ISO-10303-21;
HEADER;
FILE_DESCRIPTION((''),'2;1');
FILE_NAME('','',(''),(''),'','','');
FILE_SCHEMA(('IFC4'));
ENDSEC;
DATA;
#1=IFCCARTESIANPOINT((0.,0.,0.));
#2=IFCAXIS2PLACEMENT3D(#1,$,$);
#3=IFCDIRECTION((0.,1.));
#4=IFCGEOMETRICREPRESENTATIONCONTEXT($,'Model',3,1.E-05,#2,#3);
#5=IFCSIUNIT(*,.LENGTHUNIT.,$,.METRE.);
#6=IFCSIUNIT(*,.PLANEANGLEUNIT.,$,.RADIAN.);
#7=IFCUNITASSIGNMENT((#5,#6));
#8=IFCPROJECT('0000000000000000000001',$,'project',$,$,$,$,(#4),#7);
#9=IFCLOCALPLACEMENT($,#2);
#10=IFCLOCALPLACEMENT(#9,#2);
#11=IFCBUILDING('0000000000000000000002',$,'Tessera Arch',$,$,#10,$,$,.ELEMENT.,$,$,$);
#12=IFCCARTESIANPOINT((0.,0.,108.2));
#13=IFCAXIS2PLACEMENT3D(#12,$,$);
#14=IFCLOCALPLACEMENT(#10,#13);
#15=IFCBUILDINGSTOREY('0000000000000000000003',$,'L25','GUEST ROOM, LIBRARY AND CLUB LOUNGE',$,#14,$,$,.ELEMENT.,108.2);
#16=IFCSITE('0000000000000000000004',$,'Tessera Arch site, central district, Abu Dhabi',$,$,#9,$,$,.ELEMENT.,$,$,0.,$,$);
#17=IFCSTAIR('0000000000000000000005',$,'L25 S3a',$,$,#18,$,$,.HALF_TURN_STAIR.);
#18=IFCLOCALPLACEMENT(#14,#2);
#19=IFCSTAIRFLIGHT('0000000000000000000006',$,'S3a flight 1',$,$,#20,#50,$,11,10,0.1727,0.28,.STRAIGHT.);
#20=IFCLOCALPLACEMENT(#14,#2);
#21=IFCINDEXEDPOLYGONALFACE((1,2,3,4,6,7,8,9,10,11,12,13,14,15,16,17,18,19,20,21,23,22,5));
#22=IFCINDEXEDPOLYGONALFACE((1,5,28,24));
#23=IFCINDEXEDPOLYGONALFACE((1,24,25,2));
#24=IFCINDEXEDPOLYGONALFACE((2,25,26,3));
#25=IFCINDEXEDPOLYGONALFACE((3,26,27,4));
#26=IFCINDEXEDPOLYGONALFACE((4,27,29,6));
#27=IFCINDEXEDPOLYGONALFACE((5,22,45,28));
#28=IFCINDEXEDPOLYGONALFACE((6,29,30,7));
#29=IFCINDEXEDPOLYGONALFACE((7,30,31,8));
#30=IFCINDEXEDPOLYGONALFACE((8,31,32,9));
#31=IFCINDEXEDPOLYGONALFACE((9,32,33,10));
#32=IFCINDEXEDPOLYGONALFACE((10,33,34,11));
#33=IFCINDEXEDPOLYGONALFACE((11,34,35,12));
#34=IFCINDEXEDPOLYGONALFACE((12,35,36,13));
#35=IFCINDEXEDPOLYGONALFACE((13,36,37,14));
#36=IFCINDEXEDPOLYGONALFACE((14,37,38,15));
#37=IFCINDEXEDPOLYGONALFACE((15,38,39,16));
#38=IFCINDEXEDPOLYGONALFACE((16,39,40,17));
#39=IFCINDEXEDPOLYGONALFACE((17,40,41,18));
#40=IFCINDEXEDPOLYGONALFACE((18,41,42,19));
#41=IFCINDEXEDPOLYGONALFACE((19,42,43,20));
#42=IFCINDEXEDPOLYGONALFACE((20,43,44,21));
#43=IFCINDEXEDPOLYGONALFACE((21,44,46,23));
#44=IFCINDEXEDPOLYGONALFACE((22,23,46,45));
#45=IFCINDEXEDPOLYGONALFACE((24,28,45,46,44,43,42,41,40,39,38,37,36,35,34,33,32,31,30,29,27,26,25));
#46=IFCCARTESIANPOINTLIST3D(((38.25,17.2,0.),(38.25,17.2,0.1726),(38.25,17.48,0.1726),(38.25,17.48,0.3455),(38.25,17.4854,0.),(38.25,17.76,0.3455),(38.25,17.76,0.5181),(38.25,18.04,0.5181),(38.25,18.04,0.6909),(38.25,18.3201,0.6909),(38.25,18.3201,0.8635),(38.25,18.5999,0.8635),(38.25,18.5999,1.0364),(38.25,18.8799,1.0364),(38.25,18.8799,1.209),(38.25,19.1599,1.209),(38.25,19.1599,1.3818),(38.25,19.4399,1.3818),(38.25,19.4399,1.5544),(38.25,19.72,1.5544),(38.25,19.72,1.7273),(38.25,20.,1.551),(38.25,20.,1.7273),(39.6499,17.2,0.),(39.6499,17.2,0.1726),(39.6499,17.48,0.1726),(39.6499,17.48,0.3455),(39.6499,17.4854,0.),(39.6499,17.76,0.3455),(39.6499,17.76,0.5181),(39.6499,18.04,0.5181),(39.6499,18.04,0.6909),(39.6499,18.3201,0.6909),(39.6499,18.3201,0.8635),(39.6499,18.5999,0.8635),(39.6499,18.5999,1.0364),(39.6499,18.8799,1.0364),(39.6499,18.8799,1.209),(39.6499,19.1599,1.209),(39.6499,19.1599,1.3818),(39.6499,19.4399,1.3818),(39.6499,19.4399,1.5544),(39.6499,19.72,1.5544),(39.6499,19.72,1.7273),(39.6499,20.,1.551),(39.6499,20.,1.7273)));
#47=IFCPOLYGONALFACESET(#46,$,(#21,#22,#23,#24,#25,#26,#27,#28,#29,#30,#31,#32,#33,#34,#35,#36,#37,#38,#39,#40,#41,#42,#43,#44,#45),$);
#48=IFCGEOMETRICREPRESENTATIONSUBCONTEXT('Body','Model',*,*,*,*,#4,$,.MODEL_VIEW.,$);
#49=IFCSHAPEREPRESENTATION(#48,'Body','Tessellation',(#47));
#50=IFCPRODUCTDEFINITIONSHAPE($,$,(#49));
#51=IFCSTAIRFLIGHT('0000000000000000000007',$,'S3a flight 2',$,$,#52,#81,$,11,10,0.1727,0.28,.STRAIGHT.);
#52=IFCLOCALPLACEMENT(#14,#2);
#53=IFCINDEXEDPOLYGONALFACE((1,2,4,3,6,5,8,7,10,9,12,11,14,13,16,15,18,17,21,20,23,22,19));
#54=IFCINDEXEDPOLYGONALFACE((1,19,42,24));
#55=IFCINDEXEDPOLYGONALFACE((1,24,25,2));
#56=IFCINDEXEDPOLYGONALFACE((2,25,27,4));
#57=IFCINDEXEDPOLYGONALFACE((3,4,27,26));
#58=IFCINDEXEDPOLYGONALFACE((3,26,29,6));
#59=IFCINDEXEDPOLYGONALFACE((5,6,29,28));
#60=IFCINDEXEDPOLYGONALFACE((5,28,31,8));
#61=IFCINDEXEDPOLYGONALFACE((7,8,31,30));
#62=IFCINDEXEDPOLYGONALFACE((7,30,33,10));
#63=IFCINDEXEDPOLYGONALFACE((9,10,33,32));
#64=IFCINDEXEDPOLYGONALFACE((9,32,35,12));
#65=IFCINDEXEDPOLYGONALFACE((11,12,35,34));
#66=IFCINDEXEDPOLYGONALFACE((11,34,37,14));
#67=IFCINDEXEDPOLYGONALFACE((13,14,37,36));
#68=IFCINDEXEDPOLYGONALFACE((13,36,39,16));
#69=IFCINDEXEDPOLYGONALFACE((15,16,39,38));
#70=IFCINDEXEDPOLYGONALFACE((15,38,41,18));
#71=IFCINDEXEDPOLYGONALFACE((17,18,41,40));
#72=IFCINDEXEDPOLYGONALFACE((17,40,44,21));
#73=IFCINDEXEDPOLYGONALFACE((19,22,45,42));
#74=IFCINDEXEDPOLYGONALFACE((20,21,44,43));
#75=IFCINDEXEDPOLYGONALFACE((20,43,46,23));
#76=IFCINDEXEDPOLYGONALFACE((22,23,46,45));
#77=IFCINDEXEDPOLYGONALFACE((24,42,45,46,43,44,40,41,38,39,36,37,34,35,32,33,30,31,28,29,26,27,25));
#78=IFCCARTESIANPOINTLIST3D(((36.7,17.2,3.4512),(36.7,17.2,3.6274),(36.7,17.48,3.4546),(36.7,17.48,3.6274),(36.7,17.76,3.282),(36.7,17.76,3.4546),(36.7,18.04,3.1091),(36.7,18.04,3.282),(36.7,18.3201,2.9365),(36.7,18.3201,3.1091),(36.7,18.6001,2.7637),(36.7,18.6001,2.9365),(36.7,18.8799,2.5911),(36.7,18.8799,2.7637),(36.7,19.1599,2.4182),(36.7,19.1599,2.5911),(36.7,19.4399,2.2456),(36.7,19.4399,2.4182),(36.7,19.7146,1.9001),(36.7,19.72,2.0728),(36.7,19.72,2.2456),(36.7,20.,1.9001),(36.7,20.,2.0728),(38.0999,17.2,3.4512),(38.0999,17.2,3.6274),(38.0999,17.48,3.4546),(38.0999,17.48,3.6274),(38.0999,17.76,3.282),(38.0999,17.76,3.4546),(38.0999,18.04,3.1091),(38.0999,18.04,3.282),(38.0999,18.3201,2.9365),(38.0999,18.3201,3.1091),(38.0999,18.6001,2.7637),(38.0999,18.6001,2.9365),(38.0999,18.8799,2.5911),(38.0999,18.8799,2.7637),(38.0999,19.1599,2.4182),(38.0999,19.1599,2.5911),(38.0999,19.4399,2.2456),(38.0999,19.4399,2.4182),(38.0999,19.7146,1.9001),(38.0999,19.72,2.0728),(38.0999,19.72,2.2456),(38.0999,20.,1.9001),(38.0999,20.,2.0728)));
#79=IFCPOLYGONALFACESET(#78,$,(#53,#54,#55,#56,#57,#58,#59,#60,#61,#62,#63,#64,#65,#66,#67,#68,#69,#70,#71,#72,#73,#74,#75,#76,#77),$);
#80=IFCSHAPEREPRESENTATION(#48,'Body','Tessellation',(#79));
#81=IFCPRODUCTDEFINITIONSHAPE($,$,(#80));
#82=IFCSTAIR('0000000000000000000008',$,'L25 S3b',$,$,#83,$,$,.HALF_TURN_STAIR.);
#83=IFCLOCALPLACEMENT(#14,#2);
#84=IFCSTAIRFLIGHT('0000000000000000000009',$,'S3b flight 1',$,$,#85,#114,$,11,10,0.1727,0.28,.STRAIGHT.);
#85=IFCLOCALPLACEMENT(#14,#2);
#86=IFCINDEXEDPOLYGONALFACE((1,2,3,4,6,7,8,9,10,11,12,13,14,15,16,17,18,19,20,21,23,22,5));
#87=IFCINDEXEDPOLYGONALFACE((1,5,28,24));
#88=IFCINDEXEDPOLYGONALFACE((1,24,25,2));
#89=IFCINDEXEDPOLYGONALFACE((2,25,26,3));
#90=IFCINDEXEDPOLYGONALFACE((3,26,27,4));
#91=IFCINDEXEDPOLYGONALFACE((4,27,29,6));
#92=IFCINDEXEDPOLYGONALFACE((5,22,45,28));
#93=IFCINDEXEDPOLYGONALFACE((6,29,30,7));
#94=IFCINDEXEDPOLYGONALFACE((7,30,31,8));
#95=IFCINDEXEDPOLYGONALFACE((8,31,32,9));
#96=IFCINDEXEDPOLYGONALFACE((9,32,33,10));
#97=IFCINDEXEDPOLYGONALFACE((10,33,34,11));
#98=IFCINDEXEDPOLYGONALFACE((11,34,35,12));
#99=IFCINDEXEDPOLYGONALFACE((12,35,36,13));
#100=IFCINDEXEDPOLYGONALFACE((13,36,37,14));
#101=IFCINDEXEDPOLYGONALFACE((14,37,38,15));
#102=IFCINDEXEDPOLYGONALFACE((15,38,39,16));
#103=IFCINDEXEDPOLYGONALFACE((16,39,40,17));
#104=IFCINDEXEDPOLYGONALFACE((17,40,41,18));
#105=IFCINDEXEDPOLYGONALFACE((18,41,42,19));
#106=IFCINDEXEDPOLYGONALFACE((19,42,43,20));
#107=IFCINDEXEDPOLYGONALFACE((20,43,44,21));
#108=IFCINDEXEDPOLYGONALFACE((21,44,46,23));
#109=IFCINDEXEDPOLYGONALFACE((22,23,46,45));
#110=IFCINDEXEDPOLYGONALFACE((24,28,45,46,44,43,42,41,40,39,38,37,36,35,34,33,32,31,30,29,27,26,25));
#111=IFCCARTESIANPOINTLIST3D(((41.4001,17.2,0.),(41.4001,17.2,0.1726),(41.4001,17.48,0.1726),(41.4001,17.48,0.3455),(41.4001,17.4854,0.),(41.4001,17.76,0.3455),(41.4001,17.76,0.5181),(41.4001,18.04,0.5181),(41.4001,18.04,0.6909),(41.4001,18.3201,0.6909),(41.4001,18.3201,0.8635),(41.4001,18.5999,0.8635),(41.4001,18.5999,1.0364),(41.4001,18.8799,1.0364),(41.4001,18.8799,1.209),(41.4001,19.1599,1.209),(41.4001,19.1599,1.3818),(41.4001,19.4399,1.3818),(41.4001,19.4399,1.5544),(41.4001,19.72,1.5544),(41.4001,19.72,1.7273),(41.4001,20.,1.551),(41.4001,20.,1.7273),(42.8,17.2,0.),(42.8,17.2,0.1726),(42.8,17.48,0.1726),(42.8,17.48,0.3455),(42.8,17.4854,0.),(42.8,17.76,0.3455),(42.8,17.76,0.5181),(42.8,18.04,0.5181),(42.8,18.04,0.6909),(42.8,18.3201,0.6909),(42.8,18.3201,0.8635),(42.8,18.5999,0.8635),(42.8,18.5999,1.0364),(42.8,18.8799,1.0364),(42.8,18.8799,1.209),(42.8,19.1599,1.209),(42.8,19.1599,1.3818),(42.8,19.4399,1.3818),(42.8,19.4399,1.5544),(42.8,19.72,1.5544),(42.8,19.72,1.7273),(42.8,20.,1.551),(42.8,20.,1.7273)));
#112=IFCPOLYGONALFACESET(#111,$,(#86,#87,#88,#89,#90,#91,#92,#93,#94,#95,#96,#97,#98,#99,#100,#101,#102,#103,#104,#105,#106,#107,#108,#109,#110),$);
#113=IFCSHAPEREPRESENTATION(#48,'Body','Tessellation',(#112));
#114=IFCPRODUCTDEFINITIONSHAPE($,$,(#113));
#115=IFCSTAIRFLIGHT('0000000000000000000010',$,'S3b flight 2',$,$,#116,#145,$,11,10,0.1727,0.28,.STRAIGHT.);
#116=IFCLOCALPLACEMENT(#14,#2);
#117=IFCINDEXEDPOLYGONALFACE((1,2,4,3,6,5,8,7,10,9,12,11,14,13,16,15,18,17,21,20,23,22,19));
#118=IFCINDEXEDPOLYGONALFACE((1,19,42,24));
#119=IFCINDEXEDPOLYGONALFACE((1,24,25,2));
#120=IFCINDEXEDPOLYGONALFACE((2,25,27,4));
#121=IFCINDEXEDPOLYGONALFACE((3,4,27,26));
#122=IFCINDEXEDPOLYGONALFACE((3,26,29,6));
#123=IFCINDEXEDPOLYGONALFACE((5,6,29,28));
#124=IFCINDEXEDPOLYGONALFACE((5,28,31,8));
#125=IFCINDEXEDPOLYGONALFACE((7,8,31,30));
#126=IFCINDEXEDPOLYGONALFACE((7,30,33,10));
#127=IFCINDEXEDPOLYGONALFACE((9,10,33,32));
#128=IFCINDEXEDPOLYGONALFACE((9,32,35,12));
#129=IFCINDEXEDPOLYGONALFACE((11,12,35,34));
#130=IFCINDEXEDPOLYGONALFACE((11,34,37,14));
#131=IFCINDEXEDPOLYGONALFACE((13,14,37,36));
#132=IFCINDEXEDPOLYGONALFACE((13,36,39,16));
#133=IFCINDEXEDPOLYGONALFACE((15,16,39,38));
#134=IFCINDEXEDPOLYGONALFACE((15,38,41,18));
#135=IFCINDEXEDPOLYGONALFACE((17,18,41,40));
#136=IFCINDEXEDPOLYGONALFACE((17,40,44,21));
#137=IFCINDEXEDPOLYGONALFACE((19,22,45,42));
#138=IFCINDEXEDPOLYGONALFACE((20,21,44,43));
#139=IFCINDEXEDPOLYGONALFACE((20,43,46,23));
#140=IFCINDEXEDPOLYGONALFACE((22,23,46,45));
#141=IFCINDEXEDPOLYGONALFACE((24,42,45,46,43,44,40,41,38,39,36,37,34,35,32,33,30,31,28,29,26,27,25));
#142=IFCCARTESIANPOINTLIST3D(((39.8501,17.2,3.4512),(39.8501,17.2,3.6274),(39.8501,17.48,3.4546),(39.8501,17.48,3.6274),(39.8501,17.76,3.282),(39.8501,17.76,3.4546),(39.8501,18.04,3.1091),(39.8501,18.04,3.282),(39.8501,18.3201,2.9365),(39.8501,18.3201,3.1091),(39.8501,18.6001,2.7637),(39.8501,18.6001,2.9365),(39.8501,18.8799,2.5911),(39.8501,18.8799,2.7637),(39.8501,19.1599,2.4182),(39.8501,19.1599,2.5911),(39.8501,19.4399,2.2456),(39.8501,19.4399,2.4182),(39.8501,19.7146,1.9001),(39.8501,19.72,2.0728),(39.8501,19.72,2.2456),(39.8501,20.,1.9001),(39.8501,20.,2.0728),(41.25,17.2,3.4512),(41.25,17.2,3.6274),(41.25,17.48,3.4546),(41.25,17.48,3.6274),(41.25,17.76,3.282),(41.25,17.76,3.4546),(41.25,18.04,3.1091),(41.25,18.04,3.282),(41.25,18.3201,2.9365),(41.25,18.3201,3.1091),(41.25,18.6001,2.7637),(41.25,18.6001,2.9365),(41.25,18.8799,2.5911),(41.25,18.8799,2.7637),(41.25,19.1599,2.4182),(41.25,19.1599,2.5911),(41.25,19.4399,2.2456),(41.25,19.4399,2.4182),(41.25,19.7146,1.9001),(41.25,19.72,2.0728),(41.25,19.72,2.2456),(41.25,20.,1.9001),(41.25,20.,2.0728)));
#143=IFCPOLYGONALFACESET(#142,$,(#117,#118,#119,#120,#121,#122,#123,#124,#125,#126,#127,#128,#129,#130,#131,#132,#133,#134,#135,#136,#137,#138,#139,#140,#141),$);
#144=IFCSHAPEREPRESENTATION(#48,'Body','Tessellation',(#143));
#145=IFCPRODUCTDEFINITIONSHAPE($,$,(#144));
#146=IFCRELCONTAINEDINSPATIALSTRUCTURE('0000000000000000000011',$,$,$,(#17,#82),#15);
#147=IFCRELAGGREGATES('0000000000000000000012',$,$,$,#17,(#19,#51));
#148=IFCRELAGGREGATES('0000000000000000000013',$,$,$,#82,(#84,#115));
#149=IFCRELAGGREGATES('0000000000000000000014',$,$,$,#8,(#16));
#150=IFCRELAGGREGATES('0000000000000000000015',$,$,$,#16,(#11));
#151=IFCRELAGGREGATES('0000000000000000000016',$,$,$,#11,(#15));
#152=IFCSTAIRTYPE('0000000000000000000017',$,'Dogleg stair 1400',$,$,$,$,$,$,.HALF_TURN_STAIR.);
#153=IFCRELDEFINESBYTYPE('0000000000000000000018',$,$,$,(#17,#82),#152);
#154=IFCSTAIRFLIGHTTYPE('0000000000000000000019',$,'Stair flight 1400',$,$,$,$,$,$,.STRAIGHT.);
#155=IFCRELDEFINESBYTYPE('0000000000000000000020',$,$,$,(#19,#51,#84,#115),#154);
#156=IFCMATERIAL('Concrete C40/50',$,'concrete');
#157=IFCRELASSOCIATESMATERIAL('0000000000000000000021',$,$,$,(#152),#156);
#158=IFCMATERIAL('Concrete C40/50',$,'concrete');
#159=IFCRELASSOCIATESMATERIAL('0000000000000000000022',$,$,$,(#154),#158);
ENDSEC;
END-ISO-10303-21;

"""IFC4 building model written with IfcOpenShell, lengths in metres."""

from ifc_helpers import new_model, si_unit, direction, frame, origin, place, context, subcontext, project, spatial, polyline, outline, extrude, material, type_object, element, aggregate, save


model = new_model("IFC4")

# Units and contexts
model_context = context("Model", 3, precision=1e-05, world=origin(), true_north=direction((0.0, 1.0)))
body_context = subcontext(model_context, "Body", "Model", "MODEL_VIEW")
ifc_project = project(units=[si_unit("LENGTHUNIT", "METRE"), si_unit("PLANEANGLEUNIT", "RADIAN")], contexts=[model_context])

# Site, building, storey
site_placement = place(None, origin())
site = spatial("IfcSite", under=ifc_project, at=site_placement, Name="Tessera Arch site, central district, Abu Dhabi", CompositionType="ELEMENT", RefElevation=0.0)
building_placement = place(site_placement, origin())
building = spatial("IfcBuilding", under=site, at=building_placement, Name="Tessera Arch", CompositionType="ELEMENT")
storey_placement = place(building_placement, frame((0.0, 0.0, 108.2)))
storey = spatial("IfcBuildingStorey", under=building, at=storey_placement, Name="L25", Description="GUEST ROOM, LIBRARY AND CLUB LOUNGE", CompositionType="ELEMENT", Elevation=108.2)

# Stairs, stair flights
ifc_material_1 = material(Name="Concrete C40/50", Category="concrete")
stair_type = type_object("IfcStairType", Name="Dogleg stair 1400", PredefinedType="HALF_TURN_STAIR", material=ifc_material_1)
stair_1_placement = place(storey_placement, origin())
stair_1 = element("IfcStair", 1, at=stair_1_placement, inside=storey, type_object=stair_type, Name="L25 S3a", PredefinedType="HALF_TURN_STAIR")
ifc_material_2 = material(Name="Concrete C40/50", Category="concrete")
stair_flight_type = type_object("IfcStairFlightType", Name="Stair flight 1400", PredefinedType="STRAIGHT", material=ifc_material_2)
stair_flight_1_placement = place(storey_placement, frame((38.95, 17.2, 0.0), z_axis=(0.0, 0.0, 1.0), x_axis=(0.0, 1.0, 0.0)))
stair_flight_1 = element("IfcStairFlight", 2, at=stair_flight_1_placement, type_object=stair_flight_type, Name="S3a flight 1", NumberOfRisers=11, NumberOfTreads=10, PredefinedType="STRAIGHT", RiserHeight=0.1727, TreadLength=0.28, context=body_context, shape_type="SweptSolid", body=[
    extrude(outline(polyline([(0.0, 0.0), (0.0, 0.1726), (0.28, 0.1726), (0.28, 0.3455), (0.5601, 0.3455), (0.5601, 0.5181), (0.8401, 0.5181), (0.8401, 0.6909), (1.1201, 0.6909), (1.1201, 0.8635), (1.3999, 0.8635), (1.3999, 1.0364), (1.6799, 1.0364), (1.6799, 1.209), (1.96, 1.209), (1.96, 1.3818), (2.24, 1.3818), (2.24, 1.5544), (2.52, 1.5544), (2.52, 1.7273), (2.8, 1.7273), (2.8, 1.8999), (2.8, 1.551), (0.2854, 0.0), (0.0, 0.0)])), frame((0.0, 0.7, 0.0), z_axis=(0.0, -1.0, 0.0), x_axis=(1.0, 0.0, 0.0)), (0.0, 0.0, 1.0), 1.3999),
])
stair_flight_2_placement = place(storey_placement, frame((37.3999, 20.0, 1.9001), z_axis=(0.0, 0.0, 1.0), x_axis=(0.0, -1.0, 0.0)))
stair_flight_2 = element("IfcStairFlight", 3, at=stair_flight_2_placement, type_object=stair_flight_type, Name="S3a flight 2", NumberOfRisers=11, NumberOfTreads=10, PredefinedType="STRAIGHT", RiserHeight=0.1727, TreadLength=0.28, context=body_context, shape_type="SweptSolid", body=[
    extrude(outline(polyline([(0.0, 0.0), (0.0, 0.1726), (0.28, 0.1726), (0.28, 0.3455), (0.5601, 0.3455), (0.5601, 0.5181), (0.8401, 0.5181), (0.8401, 0.6909), (1.1201, 0.6909), (1.1201, 0.8635), (1.3999, 0.8635), (1.3999, 1.0364), (1.6799, 1.0364), (1.6799, 1.209), (1.96, 1.209), (1.96, 1.3818), (2.24, 1.3818), (2.24, 1.5544), (2.52, 1.5544), (2.52, 1.7273), (2.8, 1.7273), (2.8, 1.8999), (2.8, 1.551), (0.2854, 0.0), (0.0, 0.0)])), frame((0.0, 0.7, 0.0), z_axis=(0.0, -1.0, 0.0), x_axis=(1.0, 0.0, 0.0)), (0.0, 0.0, 1.0), 1.3999),
])
aggregate(stair_1, [stair_flight_1, stair_flight_2])
stair_2_placement = place(storey_placement, origin())
stair_2 = element("IfcStair", 4, at=stair_2_placement, inside=storey, type_object=stair_type, Name="L25 S3b", PredefinedType="HALF_TURN_STAIR")
stair_flight_3_placement = place(storey_placement, frame((42.1001, 17.2, 0.0), z_axis=(0.0, 0.0, 1.0), x_axis=(0.0, 1.0, 0.0)))
stair_flight_3 = element("IfcStairFlight", 5, at=stair_flight_3_placement, type_object=stair_flight_type, Name="S3b flight 1", NumberOfRisers=11, NumberOfTreads=10, PredefinedType="STRAIGHT", RiserHeight=0.1727, TreadLength=0.28, context=body_context, shape_type="SweptSolid", body=[
    extrude(outline(polyline([(0.0, 0.0), (0.0, 0.1726), (0.28, 0.1726), (0.28, 0.3455), (0.5601, 0.3455), (0.5601, 0.5181), (0.8401, 0.5181), (0.8401, 0.6909), (1.1201, 0.6909), (1.1201, 0.8635), (1.3999, 0.8635), (1.3999, 1.0364), (1.6799, 1.0364), (1.6799, 1.209), (1.96, 1.209), (1.96, 1.3818), (2.24, 1.3818), (2.24, 1.5544), (2.52, 1.5544), (2.52, 1.7273), (2.8, 1.7273), (2.8, 1.8999), (2.8, 1.551), (0.2854, 0.0), (0.0, 0.0)])), frame((0.0, 0.7, 0.0), z_axis=(0.0, -1.0, 0.0), x_axis=(1.0, 0.0, 0.0)), (0.0, 0.0, 1.0), 1.3999),
])
stair_flight_4_placement = place(storey_placement, frame((40.55, 20.0, 1.9001), z_axis=(0.0, 0.0, 1.0), x_axis=(0.0, -1.0, 0.0)))
stair_flight_4 = element("IfcStairFlight", 6, at=stair_flight_4_placement, type_object=stair_flight_type, Name="S3b flight 2", NumberOfRisers=11, NumberOfTreads=10, PredefinedType="STRAIGHT", RiserHeight=0.1727, TreadLength=0.28, context=body_context, shape_type="SweptSolid", body=[
    extrude(outline(polyline([(0.0, 0.0), (0.0, 0.1726), (0.28, 0.1726), (0.28, 0.3455), (0.5601, 0.3455), (0.5601, 0.5181), (0.8401, 0.5181), (0.8401, 0.6909), (1.1201, 0.6909), (1.1201, 0.8635), (1.3999, 0.8635), (1.3999, 1.0364), (1.6799, 1.0364), (1.6799, 1.209), (1.96, 1.209), (1.96, 1.3818), (2.24, 1.3818), (2.24, 1.5544), (2.52, 1.5544), (2.52, 1.7273), (2.8, 1.7273), (2.8, 1.8999), (2.8, 1.551), (0.2854, 0.0), (0.0, 0.0)])), frame((0.0, 0.7, 0.0), z_axis=(0.0, -1.0, 0.0), x_axis=(1.0, 0.0, 0.0)), (0.0, 0.0, 1.0), 1.3999),
])
aggregate(stair_2, [stair_flight_3, stair_flight_4])

save(model, "model.ifc")
